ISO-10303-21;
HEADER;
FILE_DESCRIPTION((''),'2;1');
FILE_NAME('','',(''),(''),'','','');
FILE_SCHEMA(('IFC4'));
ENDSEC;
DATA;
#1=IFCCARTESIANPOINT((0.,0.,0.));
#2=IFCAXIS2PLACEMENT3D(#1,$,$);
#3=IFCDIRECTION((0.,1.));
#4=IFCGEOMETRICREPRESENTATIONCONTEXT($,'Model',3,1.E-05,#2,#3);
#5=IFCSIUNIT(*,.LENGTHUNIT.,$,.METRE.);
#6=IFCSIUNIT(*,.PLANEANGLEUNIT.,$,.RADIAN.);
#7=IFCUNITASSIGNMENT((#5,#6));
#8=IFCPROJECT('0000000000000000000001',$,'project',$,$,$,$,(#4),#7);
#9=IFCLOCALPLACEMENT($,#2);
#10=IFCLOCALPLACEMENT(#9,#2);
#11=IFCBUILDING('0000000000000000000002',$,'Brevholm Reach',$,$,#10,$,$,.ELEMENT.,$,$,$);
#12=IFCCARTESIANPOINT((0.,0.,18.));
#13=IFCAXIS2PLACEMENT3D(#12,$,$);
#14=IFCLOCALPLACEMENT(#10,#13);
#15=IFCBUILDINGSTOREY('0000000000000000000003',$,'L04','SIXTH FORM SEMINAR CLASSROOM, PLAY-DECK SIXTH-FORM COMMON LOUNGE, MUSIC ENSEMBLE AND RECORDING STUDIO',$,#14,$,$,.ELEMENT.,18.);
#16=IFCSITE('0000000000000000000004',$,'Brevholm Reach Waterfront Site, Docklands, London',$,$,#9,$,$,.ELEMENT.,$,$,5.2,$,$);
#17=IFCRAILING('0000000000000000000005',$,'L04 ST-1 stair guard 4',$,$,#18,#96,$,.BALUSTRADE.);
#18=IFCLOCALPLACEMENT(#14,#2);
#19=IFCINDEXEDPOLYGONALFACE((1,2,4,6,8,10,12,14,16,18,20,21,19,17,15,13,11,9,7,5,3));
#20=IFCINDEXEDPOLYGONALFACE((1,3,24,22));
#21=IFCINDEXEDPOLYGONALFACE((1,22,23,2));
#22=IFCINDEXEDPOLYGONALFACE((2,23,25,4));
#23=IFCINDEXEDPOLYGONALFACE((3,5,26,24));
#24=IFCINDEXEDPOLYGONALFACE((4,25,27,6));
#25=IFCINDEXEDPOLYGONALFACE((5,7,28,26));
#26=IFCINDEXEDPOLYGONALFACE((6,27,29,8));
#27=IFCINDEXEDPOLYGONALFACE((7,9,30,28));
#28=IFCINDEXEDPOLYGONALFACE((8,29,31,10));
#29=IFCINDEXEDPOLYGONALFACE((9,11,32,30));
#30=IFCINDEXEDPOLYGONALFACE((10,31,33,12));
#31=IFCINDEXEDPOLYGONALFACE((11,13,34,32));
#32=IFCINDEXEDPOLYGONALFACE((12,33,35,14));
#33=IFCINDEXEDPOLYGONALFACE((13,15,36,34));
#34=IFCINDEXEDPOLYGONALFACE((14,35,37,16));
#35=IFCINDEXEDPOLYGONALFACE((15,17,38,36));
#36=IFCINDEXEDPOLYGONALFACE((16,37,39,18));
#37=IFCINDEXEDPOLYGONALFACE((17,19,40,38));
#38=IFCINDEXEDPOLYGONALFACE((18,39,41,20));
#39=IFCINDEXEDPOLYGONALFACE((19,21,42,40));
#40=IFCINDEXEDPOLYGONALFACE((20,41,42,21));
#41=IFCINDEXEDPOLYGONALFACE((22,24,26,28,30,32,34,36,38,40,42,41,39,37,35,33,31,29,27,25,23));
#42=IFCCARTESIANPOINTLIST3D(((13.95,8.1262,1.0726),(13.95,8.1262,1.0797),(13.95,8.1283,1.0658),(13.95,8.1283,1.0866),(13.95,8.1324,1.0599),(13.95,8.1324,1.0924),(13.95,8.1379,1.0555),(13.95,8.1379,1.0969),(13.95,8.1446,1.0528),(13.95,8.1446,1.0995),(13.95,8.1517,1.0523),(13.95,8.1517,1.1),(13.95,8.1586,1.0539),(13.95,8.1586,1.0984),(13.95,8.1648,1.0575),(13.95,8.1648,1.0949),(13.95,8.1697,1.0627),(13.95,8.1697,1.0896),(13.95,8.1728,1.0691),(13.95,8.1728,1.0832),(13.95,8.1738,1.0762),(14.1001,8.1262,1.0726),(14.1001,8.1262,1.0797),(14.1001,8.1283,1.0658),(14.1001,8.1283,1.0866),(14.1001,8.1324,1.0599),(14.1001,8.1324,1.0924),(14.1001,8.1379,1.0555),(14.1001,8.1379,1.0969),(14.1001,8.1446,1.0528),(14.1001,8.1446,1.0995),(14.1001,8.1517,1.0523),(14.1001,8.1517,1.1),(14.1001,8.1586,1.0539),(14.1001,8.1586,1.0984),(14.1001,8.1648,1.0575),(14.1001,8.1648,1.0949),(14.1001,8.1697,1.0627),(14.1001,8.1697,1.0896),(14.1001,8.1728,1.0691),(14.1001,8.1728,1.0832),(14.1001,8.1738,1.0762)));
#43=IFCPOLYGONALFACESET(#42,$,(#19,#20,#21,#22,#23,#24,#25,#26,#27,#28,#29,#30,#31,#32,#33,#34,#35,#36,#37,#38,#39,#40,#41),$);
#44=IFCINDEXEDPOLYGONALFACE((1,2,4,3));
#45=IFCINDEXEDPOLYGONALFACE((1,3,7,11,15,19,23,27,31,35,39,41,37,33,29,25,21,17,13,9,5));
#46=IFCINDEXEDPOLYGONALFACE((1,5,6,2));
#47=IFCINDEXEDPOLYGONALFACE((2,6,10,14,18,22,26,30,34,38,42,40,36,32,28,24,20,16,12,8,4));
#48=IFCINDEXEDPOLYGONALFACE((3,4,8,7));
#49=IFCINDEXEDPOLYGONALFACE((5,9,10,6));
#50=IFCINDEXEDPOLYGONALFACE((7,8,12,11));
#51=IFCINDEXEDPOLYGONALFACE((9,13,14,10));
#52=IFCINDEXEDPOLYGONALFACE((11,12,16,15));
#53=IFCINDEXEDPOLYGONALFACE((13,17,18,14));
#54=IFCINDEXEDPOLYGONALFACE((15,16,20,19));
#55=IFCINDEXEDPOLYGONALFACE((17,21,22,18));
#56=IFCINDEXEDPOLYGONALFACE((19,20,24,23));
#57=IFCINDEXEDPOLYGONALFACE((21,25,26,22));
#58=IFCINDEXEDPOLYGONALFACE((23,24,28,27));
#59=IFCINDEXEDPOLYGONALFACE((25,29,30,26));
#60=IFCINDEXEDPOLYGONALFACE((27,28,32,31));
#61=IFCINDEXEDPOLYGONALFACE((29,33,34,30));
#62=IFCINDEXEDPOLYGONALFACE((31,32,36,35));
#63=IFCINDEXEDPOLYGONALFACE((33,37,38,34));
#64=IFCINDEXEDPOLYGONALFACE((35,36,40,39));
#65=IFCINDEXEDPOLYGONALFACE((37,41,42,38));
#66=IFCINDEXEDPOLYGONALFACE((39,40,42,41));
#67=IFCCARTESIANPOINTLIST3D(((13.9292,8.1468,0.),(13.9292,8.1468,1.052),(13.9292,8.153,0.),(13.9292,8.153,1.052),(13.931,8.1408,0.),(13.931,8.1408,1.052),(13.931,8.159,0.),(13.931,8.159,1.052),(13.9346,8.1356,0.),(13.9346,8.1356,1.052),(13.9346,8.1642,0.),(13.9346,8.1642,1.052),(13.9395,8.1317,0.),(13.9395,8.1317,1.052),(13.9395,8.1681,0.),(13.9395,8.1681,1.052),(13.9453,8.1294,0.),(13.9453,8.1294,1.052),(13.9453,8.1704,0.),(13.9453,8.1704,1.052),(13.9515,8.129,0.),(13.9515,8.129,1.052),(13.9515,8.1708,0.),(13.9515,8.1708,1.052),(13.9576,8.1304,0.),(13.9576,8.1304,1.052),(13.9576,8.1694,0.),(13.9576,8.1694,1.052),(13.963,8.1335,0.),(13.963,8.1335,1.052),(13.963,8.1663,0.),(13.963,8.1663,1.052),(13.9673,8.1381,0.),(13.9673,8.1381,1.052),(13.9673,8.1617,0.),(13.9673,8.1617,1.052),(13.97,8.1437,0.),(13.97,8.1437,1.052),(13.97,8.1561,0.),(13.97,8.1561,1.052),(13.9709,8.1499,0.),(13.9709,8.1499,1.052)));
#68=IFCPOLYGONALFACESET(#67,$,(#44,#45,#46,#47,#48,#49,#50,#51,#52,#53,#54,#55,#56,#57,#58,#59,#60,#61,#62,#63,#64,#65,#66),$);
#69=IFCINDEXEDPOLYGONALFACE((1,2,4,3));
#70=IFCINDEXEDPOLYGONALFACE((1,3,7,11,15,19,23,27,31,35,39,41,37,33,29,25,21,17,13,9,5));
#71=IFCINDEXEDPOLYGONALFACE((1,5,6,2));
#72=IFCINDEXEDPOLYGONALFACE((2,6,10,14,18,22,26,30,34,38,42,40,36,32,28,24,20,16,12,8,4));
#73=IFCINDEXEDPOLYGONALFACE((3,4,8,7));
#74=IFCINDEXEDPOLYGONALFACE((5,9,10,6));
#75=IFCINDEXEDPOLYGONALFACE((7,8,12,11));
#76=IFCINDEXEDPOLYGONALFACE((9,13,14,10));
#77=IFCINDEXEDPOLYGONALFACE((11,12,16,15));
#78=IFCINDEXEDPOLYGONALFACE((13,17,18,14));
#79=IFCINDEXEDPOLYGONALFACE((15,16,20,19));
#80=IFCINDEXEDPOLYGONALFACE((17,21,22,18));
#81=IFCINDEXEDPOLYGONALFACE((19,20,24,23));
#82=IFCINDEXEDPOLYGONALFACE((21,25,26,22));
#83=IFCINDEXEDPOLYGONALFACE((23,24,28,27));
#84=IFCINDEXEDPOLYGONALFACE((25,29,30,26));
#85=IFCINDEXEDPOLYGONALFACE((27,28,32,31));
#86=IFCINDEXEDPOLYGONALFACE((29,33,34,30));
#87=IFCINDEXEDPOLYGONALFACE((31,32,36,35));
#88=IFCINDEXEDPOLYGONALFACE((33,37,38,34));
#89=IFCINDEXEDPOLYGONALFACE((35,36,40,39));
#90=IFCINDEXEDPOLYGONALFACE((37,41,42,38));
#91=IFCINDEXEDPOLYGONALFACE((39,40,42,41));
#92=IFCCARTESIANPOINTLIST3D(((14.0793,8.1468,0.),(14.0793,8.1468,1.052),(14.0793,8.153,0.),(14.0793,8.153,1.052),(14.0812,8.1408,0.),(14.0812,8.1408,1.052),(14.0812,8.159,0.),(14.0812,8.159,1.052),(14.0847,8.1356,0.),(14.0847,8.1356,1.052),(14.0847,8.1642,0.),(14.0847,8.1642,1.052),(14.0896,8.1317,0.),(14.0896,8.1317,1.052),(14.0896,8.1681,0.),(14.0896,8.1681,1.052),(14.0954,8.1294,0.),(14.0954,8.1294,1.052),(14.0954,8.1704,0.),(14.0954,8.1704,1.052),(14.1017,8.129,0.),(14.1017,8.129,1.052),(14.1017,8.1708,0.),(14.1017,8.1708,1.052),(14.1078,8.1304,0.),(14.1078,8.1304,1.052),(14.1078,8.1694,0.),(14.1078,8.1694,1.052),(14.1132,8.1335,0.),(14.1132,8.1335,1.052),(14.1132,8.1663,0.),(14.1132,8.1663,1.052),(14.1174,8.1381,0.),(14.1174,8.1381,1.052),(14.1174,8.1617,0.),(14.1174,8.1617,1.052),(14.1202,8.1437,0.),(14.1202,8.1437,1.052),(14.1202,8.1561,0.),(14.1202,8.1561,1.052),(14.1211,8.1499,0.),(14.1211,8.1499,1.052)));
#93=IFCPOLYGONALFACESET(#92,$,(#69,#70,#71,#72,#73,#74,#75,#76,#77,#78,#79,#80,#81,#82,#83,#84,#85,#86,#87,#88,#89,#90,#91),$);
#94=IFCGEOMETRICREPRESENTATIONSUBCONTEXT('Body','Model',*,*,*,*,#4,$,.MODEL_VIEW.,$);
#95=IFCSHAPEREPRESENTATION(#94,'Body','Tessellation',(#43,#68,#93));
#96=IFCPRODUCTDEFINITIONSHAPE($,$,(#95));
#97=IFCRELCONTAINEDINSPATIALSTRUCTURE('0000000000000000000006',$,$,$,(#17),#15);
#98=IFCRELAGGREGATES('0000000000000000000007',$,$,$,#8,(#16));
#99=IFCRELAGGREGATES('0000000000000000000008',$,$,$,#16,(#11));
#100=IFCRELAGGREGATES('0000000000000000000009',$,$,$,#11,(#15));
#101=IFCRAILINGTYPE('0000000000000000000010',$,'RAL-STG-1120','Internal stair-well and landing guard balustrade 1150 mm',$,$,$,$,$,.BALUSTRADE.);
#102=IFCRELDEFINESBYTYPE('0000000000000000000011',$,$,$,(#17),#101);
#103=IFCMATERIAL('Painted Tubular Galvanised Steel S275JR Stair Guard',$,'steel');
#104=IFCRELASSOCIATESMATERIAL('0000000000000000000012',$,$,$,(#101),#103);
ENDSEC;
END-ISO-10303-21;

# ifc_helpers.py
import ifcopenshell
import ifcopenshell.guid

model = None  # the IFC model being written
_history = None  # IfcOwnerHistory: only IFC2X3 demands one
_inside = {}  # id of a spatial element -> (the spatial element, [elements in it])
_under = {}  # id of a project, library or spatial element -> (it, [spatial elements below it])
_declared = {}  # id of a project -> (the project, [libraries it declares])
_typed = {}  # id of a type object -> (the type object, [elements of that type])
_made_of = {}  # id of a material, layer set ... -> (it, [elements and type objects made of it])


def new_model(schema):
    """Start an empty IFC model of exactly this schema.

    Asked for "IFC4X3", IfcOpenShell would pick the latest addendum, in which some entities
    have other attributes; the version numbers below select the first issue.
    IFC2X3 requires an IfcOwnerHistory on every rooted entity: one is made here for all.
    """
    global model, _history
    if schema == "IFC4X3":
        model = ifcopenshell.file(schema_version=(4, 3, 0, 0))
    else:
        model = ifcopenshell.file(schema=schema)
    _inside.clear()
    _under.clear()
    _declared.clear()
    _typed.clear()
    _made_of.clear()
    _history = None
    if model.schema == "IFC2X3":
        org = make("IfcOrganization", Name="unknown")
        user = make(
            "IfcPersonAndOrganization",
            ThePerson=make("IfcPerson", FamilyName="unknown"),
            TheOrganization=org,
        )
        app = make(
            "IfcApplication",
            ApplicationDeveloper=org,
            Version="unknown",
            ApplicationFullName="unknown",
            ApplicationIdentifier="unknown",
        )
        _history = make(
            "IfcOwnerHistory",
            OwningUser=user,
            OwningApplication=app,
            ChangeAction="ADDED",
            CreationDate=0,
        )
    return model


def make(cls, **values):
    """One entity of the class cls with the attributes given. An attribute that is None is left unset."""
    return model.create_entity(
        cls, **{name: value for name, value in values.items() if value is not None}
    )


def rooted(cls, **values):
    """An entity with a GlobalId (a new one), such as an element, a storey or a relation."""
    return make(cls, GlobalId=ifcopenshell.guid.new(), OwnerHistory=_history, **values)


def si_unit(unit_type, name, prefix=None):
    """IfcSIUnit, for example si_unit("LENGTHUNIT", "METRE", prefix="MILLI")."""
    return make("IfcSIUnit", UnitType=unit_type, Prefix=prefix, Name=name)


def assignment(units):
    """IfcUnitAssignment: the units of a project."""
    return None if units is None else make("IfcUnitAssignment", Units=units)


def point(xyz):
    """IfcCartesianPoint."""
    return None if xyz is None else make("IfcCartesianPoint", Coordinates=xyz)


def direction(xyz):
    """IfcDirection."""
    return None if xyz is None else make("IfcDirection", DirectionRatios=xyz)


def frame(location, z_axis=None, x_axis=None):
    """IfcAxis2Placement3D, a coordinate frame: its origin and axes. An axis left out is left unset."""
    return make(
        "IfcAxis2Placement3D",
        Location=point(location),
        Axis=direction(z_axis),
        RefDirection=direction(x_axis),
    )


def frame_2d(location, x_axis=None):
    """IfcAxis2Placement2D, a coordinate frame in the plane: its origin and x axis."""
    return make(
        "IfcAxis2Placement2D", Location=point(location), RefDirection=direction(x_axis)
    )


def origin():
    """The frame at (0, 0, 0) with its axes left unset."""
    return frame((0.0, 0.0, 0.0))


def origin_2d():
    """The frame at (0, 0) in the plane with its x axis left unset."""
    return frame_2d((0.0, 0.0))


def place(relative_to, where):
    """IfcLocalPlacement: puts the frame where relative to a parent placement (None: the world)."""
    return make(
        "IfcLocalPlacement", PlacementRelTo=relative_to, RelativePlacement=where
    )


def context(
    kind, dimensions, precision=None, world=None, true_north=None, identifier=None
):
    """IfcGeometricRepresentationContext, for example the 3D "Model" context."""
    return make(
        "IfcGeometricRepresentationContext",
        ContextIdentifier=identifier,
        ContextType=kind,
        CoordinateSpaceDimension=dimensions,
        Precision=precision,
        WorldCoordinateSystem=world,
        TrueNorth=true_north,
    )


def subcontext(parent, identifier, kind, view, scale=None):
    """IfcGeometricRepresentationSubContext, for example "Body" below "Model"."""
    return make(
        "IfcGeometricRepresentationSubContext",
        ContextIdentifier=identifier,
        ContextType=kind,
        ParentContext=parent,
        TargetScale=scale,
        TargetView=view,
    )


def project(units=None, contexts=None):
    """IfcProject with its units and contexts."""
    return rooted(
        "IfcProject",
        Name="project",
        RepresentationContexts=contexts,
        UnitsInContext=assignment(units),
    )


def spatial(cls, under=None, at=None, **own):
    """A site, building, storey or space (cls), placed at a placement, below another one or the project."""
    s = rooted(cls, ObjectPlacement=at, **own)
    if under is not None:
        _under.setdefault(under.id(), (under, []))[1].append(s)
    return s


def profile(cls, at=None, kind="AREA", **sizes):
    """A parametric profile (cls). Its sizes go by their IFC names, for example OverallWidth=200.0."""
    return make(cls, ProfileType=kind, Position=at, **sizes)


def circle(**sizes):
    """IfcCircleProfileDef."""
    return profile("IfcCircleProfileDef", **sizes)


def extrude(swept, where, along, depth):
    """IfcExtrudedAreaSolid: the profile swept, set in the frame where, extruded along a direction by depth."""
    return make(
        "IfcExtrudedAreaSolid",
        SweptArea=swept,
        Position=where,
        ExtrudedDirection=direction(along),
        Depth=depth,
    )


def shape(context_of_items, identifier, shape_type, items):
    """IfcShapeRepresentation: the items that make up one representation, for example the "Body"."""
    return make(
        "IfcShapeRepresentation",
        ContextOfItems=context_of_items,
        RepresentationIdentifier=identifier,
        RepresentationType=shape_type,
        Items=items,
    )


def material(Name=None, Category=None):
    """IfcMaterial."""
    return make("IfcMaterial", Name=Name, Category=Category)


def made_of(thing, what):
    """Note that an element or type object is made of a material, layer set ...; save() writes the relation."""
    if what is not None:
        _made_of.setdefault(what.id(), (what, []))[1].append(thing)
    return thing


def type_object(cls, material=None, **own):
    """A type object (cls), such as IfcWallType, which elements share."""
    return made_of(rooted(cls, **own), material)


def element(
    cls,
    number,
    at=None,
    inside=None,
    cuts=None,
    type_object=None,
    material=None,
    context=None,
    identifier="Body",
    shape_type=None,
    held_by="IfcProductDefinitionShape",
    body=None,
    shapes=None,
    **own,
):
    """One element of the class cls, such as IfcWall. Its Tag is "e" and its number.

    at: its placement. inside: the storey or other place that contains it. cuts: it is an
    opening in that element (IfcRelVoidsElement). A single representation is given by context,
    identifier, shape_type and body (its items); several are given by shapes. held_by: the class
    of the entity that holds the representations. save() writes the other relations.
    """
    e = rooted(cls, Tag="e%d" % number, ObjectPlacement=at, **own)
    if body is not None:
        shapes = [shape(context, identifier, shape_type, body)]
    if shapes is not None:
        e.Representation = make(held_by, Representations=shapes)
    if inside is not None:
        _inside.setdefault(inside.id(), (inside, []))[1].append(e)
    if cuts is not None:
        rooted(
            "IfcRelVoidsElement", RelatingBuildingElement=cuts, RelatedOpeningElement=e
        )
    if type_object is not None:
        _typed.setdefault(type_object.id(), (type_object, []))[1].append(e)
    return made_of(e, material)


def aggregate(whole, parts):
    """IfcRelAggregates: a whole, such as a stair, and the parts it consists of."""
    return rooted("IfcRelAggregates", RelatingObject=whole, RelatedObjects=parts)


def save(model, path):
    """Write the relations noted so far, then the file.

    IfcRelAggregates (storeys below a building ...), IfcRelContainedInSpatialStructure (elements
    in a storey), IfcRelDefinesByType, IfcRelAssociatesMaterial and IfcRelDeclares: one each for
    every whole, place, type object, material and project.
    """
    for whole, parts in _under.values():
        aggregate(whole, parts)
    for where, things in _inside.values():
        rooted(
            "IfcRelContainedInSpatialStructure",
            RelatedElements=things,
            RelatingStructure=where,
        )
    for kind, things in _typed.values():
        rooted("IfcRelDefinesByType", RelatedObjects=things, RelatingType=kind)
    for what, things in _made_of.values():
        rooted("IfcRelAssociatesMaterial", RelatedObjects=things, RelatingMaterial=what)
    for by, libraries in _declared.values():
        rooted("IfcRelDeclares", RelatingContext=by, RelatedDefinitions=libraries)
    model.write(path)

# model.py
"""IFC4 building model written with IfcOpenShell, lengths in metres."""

from ifc_helpers import new_model, si_unit, direction, frame, origin, origin_2d, place, context, subcontext, project, spatial, circle, extrude, material, type_object, element, save


model = new_model("IFC4")

# Units and contexts
model_context = context("Model", 3, precision=1e-05, world=origin(), true_north=direction((0.0, 1.0)))
body_context = subcontext(model_context, "Body", "Model", "MODEL_VIEW")
ifc_project = project(units=[si_unit("LENGTHUNIT", "METRE"), si_unit("PLANEANGLEUNIT", "RADIAN")], contexts=[model_context])

# Site, building, storey
site_placement = place(None, origin())
site = spatial("IfcSite", under=ifc_project, at=site_placement, Name="Brevholm Reach Waterfront Site, Docklands, London", CompositionType="ELEMENT", RefElevation=5.2)
building_placement = place(site_placement, origin())
building = spatial("IfcBuilding", under=site, at=building_placement, Name="Brevholm Reach", CompositionType="ELEMENT")
storey_placement = place(building_placement, frame((0.0, 0.0, 18.0)))
storey = spatial("IfcBuildingStorey", under=building, at=storey_placement, Name="L04", Description="SIXTH FORM SEMINAR CLASSROOM, PLAY-DECK SIXTH-FORM COMMON LOUNGE, MUSIC ENSEMBLE AND RECORDING STUDIO", CompositionType="ELEMENT", Elevation=18.0)

# Railing
ifc_material_1 = material(Name="Painted Tubular Galvanised Steel S275JR Stair Guard", Category="steel")
railing_type_1 = type_object("IfcRailingType", Name="RAL-STG-1120", Description="Internal stair-well and landing guard balustrade 1150 mm", PredefinedType="BALUSTRADE", material=ifc_material_1)
railing_1_placement = place(storey_placement, frame((13.95, 8.1499, 0.0)))
element("IfcRailing", 1, at=railing_1_placement, inside=storey, type_object=railing_type_1, Name="L04 ST-1 stair guard 4", PredefinedType="BALUSTRADE", context=body_context, shape_type="SweptSolid", body=[
    extrude(circle(Radius=0.0239, at=origin_2d()), frame((0.0, 0.0, 1.0762), z_axis=(1.0, 0.0, 0.0), x_axis=(0.0, 1.0, 0.0)), (0.0, 0.0, 1.0), 0.1501),
    extrude(circle(Radius=0.021, at=origin_2d()), origin(), (0.0, 0.0, 1.0), 1.052),
    extrude(circle(Radius=0.021, at=origin_2d()), frame((0.1501, 0.0, 0.0)), (0.0, 0.0, 1.0), 1.052),
])

save(model, "model.ifc")
